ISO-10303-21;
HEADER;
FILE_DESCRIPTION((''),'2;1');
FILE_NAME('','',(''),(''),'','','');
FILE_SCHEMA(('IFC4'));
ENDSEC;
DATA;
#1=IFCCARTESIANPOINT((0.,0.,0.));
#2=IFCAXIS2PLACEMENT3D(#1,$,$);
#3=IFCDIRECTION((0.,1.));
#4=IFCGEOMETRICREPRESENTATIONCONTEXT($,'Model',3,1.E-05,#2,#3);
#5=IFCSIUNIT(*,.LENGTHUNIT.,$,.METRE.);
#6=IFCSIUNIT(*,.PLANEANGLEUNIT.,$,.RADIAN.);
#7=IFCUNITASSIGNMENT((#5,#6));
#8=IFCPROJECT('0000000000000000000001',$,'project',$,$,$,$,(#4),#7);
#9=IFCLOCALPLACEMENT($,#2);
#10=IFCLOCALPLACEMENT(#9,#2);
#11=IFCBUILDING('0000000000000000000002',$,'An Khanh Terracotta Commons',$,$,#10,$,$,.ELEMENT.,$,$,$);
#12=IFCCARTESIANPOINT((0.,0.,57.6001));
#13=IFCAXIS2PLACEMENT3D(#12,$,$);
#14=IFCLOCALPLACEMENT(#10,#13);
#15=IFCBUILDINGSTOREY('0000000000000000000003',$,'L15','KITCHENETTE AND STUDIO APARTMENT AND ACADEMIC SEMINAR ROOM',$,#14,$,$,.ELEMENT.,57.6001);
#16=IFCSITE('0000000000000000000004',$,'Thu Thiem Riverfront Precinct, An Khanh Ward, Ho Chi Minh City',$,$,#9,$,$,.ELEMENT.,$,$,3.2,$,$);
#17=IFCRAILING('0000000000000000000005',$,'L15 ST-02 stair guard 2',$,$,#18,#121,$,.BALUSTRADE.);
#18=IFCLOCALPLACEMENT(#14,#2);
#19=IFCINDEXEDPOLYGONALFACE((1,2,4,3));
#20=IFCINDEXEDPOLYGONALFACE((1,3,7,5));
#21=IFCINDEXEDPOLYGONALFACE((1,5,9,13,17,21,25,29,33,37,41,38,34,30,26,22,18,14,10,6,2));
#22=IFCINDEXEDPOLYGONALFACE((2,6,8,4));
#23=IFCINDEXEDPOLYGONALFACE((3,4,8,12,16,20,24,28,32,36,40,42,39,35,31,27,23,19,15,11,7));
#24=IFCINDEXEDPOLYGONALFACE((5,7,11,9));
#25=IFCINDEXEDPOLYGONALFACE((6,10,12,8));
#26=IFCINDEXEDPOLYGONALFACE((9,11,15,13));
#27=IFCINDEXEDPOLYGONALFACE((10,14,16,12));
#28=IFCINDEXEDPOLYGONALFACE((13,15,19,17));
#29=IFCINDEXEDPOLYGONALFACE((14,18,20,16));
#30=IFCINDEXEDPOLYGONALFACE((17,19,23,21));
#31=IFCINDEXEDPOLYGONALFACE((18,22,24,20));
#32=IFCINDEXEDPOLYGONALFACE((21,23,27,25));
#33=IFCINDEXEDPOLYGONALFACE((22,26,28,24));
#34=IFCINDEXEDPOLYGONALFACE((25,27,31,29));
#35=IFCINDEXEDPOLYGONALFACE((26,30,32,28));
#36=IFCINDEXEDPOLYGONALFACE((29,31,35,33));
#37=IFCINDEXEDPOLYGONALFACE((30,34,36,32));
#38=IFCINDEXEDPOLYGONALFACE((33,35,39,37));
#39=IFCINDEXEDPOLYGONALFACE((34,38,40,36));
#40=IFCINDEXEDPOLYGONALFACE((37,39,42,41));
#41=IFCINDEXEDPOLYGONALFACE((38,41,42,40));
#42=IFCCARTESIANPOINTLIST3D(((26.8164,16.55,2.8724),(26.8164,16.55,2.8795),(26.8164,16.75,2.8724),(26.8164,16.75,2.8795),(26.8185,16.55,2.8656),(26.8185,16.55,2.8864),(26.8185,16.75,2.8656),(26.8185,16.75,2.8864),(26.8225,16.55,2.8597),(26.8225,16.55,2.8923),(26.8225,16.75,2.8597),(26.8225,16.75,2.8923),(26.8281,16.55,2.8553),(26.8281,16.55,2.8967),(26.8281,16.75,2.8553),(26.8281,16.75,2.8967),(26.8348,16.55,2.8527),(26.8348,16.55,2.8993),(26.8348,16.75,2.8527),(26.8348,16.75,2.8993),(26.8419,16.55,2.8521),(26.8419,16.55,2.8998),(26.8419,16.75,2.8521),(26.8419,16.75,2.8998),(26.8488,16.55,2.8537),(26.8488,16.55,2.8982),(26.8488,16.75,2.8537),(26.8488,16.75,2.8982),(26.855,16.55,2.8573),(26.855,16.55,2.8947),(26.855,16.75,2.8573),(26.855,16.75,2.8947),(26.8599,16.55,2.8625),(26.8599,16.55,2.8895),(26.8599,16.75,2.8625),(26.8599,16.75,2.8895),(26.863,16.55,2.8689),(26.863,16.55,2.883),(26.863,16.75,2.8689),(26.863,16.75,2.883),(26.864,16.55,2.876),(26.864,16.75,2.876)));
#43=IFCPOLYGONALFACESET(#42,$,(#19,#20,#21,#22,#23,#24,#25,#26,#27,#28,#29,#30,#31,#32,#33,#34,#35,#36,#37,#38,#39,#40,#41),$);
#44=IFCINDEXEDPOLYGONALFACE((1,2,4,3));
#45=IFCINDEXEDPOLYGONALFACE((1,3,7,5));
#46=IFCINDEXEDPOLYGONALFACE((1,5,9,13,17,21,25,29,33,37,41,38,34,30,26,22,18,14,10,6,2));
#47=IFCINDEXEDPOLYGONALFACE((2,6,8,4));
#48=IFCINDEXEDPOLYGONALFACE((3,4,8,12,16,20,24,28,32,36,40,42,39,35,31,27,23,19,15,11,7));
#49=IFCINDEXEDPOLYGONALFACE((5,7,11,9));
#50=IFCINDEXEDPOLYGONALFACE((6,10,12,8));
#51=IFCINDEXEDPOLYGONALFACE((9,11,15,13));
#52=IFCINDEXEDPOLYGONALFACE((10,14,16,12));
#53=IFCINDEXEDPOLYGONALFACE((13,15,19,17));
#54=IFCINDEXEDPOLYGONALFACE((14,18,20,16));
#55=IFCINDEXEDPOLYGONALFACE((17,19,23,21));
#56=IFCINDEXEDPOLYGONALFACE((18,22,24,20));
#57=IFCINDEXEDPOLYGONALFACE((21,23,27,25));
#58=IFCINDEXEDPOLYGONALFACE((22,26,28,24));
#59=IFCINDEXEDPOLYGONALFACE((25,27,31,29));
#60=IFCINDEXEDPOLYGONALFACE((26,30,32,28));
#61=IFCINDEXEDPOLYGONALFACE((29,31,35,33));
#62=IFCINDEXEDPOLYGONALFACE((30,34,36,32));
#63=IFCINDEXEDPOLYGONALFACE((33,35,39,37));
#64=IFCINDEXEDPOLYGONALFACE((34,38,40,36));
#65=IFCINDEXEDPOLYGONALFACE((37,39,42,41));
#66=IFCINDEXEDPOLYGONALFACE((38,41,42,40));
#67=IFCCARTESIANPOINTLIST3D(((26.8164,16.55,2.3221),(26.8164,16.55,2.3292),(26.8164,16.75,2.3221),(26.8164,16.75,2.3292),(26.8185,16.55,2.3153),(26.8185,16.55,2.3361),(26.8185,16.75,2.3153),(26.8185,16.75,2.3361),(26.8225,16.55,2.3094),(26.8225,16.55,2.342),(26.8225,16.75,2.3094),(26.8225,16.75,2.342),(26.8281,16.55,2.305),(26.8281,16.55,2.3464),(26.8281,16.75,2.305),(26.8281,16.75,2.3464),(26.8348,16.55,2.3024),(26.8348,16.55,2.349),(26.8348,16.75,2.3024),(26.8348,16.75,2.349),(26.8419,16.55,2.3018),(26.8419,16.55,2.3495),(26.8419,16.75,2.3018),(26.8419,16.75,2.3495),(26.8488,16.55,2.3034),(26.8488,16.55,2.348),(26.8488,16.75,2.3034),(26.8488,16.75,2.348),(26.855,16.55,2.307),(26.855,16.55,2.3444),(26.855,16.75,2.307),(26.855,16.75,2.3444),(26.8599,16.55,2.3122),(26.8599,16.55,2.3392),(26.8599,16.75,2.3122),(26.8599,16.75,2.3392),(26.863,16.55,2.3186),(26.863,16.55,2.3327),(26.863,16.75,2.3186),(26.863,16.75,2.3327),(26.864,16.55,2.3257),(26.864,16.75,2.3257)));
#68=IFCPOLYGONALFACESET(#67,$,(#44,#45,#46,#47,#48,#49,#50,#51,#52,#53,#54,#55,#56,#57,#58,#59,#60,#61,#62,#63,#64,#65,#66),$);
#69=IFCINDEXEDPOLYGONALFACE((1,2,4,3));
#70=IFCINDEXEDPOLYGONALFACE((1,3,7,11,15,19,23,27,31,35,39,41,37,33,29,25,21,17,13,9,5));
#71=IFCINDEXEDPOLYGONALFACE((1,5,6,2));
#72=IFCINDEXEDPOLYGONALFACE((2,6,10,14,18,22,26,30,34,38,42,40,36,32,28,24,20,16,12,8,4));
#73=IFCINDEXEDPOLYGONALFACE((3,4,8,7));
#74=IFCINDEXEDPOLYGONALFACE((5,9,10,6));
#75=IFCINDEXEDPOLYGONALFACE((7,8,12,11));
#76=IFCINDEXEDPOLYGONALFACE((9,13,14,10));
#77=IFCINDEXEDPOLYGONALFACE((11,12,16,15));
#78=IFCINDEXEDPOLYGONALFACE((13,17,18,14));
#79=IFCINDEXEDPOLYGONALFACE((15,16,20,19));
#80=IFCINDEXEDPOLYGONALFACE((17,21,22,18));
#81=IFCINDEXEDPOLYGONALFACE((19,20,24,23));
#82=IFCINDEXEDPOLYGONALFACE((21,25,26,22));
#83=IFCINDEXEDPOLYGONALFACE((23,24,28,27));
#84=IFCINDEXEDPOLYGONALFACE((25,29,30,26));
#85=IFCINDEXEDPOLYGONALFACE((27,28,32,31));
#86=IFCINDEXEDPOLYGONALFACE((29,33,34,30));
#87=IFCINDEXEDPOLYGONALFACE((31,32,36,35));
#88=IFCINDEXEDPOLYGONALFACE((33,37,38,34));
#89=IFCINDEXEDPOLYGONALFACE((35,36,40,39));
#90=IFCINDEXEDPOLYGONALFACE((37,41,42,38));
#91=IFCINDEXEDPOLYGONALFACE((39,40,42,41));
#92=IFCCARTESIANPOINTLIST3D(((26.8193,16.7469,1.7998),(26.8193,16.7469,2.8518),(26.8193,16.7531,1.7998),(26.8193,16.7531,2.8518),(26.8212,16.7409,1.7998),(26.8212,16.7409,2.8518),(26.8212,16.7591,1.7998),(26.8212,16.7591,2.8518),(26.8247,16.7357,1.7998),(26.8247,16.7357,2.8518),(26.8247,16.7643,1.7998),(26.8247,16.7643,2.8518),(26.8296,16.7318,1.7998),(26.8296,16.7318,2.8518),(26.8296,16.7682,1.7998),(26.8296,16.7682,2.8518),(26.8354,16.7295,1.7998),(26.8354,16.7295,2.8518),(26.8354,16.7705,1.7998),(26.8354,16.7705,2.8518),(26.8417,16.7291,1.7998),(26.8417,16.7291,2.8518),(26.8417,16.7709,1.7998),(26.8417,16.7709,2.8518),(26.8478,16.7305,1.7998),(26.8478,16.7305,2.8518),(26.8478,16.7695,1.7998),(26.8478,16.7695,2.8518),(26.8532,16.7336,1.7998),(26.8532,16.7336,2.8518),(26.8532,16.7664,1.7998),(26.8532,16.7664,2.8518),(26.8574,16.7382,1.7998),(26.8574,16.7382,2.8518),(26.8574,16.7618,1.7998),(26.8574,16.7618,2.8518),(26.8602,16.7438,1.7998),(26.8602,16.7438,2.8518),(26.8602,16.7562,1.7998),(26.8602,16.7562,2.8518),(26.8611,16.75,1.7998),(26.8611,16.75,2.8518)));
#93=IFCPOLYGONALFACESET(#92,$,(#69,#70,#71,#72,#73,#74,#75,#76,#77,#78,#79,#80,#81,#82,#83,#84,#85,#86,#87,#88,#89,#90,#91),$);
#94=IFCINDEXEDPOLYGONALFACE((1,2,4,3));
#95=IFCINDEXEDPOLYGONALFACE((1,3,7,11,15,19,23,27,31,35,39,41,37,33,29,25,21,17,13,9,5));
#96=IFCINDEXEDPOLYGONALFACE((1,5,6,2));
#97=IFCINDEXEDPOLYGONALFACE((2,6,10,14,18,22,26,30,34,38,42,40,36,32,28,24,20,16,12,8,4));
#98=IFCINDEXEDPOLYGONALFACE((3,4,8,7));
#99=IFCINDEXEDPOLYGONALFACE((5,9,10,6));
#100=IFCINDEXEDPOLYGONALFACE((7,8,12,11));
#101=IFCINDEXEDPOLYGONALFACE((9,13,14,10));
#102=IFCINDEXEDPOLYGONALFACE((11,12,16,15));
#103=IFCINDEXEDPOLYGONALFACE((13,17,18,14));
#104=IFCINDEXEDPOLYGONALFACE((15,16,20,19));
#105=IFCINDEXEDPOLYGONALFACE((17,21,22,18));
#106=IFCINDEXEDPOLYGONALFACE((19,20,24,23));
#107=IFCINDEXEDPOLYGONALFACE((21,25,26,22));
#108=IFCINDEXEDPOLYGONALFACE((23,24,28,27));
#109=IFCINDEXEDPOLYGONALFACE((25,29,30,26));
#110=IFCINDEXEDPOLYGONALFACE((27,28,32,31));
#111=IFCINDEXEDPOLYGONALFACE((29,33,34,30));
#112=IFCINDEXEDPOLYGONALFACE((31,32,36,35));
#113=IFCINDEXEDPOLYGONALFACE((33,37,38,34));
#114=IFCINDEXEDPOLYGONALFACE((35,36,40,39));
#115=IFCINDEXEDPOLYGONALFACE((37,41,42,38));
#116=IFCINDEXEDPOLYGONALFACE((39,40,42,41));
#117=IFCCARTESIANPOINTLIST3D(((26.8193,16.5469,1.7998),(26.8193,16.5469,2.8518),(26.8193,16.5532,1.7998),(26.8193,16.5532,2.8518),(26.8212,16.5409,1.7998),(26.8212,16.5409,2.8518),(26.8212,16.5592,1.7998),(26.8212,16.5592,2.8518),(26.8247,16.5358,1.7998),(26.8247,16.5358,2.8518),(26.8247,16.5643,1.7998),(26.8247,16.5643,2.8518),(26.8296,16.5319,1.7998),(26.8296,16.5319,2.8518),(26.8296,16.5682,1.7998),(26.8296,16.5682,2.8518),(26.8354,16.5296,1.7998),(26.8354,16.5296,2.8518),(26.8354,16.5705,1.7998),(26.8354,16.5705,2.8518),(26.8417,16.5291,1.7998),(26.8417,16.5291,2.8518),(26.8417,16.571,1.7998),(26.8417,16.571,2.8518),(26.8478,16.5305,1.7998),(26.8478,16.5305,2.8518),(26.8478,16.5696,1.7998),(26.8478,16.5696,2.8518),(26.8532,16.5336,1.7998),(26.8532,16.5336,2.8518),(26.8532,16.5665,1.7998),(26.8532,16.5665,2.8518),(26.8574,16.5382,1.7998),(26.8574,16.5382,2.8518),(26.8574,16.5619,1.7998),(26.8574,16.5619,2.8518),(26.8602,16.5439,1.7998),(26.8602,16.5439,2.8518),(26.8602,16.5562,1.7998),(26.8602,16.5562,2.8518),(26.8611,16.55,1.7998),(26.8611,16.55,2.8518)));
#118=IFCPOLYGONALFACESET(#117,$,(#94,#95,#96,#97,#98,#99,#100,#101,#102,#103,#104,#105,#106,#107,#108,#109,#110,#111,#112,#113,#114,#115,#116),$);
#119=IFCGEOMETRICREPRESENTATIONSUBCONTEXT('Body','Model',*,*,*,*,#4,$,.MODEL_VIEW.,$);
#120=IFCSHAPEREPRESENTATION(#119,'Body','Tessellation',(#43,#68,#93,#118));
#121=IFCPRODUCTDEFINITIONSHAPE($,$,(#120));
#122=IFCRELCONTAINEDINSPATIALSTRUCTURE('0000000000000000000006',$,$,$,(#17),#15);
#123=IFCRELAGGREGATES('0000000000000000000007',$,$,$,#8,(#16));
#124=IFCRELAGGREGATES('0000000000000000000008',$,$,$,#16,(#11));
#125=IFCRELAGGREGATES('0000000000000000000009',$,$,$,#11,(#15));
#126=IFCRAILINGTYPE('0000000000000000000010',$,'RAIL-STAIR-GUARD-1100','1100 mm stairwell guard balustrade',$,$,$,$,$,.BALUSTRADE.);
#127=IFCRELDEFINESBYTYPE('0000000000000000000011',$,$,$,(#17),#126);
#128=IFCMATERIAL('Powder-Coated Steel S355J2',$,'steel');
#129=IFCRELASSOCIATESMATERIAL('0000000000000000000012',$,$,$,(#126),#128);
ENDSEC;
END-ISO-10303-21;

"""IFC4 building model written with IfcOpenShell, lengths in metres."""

from ifc_helpers import new_model, si_unit, direction, frame, origin, origin_2d, place, context, subcontext, project, spatial, circle, extrude, material, type_object, element, save


model = new_model("IFC4")

# Units and contexts
model_context = context("Model", 3, precision=1e-05, world=origin(), true_north=direction((0.0, 1.0)))
body_context = subcontext(model_context, "Body", "Model", "MODEL_VIEW")
ifc_project = project(units=[si_unit("LENGTHUNIT", "METRE"), si_unit("PLANEANGLEUNIT", "RADIAN")], contexts=[model_context])

# Site, building, storey
site_placement = place(None, origin())
site = spatial("IfcSite", under=ifc_project, at=site_placement, Name="Thu Thiem Riverfront Precinct, An Khanh Ward, Ho Chi Minh City", CompositionType="ELEMENT", RefElevation=3.2)
building_placement = place(site_placement, origin())
building = spatial("IfcBuilding", under=site, at=building_placement, Name="An Khanh Terracotta Commons", CompositionType="ELEMENT")
storey_placement = place(building_placement, frame((0.0, 0.0, 57.6001)))
storey = spatial("IfcBuildingStorey", under=building, at=storey_placement, Name="L15", Description="KITCHENETTE AND STUDIO APARTMENT AND ACADEMIC SEMINAR ROOM", CompositionType="ELEMENT", Elevation=57.6001)

# Railing
ifc_material_1 = material(Name="Powder-Coated Steel S355J2", Category="steel")
railing_type_1 = type_object("IfcRailingType", Name="RAIL-STAIR-GUARD-1100", Description="1100 mm stairwell guard balustrade", PredefinedType="BALUSTRADE", material=ifc_material_1)
railing_1_placement = place(storey_placement, frame((26.8401, 16.75, 1.7998)))
element("IfcRailing", 1, at=railing_1_placement, inside=storey, type_object=railing_type_1, Name="L15 ST-02 stair guard 2", PredefinedType="BALUSTRADE", context=body_context, shape_type="SweptSolid", body=[
    extrude(circle(Radius=0.0239, at=origin_2d()), frame((0.0, 0.0, 1.0762), z_axis=(0.0, -1.0, 0.0), x_axis=(1.0, 0.0, 0.0)), (0.0, 0.0, 1.0), 0.2),
    extrude(circle(Radius=0.0239, at=origin_2d()), frame((0.0, 0.0, 0.5259), z_axis=(0.0, -1.0, 0.0), x_axis=(1.0, 0.0, 0.0)), (0.0, 0.0, 1.0), 0.2),
    extrude(circle(Radius=0.021, at=origin_2d()), origin(), (0.0, 0.0, 1.0), 1.052),
    extrude(circle(Radius=0.021, at=origin_2d()), frame((0.0, -0.2, 0.0)), (0.0, 0.0, 1.0), 1.052),
])

save(model, "model.ifc")
